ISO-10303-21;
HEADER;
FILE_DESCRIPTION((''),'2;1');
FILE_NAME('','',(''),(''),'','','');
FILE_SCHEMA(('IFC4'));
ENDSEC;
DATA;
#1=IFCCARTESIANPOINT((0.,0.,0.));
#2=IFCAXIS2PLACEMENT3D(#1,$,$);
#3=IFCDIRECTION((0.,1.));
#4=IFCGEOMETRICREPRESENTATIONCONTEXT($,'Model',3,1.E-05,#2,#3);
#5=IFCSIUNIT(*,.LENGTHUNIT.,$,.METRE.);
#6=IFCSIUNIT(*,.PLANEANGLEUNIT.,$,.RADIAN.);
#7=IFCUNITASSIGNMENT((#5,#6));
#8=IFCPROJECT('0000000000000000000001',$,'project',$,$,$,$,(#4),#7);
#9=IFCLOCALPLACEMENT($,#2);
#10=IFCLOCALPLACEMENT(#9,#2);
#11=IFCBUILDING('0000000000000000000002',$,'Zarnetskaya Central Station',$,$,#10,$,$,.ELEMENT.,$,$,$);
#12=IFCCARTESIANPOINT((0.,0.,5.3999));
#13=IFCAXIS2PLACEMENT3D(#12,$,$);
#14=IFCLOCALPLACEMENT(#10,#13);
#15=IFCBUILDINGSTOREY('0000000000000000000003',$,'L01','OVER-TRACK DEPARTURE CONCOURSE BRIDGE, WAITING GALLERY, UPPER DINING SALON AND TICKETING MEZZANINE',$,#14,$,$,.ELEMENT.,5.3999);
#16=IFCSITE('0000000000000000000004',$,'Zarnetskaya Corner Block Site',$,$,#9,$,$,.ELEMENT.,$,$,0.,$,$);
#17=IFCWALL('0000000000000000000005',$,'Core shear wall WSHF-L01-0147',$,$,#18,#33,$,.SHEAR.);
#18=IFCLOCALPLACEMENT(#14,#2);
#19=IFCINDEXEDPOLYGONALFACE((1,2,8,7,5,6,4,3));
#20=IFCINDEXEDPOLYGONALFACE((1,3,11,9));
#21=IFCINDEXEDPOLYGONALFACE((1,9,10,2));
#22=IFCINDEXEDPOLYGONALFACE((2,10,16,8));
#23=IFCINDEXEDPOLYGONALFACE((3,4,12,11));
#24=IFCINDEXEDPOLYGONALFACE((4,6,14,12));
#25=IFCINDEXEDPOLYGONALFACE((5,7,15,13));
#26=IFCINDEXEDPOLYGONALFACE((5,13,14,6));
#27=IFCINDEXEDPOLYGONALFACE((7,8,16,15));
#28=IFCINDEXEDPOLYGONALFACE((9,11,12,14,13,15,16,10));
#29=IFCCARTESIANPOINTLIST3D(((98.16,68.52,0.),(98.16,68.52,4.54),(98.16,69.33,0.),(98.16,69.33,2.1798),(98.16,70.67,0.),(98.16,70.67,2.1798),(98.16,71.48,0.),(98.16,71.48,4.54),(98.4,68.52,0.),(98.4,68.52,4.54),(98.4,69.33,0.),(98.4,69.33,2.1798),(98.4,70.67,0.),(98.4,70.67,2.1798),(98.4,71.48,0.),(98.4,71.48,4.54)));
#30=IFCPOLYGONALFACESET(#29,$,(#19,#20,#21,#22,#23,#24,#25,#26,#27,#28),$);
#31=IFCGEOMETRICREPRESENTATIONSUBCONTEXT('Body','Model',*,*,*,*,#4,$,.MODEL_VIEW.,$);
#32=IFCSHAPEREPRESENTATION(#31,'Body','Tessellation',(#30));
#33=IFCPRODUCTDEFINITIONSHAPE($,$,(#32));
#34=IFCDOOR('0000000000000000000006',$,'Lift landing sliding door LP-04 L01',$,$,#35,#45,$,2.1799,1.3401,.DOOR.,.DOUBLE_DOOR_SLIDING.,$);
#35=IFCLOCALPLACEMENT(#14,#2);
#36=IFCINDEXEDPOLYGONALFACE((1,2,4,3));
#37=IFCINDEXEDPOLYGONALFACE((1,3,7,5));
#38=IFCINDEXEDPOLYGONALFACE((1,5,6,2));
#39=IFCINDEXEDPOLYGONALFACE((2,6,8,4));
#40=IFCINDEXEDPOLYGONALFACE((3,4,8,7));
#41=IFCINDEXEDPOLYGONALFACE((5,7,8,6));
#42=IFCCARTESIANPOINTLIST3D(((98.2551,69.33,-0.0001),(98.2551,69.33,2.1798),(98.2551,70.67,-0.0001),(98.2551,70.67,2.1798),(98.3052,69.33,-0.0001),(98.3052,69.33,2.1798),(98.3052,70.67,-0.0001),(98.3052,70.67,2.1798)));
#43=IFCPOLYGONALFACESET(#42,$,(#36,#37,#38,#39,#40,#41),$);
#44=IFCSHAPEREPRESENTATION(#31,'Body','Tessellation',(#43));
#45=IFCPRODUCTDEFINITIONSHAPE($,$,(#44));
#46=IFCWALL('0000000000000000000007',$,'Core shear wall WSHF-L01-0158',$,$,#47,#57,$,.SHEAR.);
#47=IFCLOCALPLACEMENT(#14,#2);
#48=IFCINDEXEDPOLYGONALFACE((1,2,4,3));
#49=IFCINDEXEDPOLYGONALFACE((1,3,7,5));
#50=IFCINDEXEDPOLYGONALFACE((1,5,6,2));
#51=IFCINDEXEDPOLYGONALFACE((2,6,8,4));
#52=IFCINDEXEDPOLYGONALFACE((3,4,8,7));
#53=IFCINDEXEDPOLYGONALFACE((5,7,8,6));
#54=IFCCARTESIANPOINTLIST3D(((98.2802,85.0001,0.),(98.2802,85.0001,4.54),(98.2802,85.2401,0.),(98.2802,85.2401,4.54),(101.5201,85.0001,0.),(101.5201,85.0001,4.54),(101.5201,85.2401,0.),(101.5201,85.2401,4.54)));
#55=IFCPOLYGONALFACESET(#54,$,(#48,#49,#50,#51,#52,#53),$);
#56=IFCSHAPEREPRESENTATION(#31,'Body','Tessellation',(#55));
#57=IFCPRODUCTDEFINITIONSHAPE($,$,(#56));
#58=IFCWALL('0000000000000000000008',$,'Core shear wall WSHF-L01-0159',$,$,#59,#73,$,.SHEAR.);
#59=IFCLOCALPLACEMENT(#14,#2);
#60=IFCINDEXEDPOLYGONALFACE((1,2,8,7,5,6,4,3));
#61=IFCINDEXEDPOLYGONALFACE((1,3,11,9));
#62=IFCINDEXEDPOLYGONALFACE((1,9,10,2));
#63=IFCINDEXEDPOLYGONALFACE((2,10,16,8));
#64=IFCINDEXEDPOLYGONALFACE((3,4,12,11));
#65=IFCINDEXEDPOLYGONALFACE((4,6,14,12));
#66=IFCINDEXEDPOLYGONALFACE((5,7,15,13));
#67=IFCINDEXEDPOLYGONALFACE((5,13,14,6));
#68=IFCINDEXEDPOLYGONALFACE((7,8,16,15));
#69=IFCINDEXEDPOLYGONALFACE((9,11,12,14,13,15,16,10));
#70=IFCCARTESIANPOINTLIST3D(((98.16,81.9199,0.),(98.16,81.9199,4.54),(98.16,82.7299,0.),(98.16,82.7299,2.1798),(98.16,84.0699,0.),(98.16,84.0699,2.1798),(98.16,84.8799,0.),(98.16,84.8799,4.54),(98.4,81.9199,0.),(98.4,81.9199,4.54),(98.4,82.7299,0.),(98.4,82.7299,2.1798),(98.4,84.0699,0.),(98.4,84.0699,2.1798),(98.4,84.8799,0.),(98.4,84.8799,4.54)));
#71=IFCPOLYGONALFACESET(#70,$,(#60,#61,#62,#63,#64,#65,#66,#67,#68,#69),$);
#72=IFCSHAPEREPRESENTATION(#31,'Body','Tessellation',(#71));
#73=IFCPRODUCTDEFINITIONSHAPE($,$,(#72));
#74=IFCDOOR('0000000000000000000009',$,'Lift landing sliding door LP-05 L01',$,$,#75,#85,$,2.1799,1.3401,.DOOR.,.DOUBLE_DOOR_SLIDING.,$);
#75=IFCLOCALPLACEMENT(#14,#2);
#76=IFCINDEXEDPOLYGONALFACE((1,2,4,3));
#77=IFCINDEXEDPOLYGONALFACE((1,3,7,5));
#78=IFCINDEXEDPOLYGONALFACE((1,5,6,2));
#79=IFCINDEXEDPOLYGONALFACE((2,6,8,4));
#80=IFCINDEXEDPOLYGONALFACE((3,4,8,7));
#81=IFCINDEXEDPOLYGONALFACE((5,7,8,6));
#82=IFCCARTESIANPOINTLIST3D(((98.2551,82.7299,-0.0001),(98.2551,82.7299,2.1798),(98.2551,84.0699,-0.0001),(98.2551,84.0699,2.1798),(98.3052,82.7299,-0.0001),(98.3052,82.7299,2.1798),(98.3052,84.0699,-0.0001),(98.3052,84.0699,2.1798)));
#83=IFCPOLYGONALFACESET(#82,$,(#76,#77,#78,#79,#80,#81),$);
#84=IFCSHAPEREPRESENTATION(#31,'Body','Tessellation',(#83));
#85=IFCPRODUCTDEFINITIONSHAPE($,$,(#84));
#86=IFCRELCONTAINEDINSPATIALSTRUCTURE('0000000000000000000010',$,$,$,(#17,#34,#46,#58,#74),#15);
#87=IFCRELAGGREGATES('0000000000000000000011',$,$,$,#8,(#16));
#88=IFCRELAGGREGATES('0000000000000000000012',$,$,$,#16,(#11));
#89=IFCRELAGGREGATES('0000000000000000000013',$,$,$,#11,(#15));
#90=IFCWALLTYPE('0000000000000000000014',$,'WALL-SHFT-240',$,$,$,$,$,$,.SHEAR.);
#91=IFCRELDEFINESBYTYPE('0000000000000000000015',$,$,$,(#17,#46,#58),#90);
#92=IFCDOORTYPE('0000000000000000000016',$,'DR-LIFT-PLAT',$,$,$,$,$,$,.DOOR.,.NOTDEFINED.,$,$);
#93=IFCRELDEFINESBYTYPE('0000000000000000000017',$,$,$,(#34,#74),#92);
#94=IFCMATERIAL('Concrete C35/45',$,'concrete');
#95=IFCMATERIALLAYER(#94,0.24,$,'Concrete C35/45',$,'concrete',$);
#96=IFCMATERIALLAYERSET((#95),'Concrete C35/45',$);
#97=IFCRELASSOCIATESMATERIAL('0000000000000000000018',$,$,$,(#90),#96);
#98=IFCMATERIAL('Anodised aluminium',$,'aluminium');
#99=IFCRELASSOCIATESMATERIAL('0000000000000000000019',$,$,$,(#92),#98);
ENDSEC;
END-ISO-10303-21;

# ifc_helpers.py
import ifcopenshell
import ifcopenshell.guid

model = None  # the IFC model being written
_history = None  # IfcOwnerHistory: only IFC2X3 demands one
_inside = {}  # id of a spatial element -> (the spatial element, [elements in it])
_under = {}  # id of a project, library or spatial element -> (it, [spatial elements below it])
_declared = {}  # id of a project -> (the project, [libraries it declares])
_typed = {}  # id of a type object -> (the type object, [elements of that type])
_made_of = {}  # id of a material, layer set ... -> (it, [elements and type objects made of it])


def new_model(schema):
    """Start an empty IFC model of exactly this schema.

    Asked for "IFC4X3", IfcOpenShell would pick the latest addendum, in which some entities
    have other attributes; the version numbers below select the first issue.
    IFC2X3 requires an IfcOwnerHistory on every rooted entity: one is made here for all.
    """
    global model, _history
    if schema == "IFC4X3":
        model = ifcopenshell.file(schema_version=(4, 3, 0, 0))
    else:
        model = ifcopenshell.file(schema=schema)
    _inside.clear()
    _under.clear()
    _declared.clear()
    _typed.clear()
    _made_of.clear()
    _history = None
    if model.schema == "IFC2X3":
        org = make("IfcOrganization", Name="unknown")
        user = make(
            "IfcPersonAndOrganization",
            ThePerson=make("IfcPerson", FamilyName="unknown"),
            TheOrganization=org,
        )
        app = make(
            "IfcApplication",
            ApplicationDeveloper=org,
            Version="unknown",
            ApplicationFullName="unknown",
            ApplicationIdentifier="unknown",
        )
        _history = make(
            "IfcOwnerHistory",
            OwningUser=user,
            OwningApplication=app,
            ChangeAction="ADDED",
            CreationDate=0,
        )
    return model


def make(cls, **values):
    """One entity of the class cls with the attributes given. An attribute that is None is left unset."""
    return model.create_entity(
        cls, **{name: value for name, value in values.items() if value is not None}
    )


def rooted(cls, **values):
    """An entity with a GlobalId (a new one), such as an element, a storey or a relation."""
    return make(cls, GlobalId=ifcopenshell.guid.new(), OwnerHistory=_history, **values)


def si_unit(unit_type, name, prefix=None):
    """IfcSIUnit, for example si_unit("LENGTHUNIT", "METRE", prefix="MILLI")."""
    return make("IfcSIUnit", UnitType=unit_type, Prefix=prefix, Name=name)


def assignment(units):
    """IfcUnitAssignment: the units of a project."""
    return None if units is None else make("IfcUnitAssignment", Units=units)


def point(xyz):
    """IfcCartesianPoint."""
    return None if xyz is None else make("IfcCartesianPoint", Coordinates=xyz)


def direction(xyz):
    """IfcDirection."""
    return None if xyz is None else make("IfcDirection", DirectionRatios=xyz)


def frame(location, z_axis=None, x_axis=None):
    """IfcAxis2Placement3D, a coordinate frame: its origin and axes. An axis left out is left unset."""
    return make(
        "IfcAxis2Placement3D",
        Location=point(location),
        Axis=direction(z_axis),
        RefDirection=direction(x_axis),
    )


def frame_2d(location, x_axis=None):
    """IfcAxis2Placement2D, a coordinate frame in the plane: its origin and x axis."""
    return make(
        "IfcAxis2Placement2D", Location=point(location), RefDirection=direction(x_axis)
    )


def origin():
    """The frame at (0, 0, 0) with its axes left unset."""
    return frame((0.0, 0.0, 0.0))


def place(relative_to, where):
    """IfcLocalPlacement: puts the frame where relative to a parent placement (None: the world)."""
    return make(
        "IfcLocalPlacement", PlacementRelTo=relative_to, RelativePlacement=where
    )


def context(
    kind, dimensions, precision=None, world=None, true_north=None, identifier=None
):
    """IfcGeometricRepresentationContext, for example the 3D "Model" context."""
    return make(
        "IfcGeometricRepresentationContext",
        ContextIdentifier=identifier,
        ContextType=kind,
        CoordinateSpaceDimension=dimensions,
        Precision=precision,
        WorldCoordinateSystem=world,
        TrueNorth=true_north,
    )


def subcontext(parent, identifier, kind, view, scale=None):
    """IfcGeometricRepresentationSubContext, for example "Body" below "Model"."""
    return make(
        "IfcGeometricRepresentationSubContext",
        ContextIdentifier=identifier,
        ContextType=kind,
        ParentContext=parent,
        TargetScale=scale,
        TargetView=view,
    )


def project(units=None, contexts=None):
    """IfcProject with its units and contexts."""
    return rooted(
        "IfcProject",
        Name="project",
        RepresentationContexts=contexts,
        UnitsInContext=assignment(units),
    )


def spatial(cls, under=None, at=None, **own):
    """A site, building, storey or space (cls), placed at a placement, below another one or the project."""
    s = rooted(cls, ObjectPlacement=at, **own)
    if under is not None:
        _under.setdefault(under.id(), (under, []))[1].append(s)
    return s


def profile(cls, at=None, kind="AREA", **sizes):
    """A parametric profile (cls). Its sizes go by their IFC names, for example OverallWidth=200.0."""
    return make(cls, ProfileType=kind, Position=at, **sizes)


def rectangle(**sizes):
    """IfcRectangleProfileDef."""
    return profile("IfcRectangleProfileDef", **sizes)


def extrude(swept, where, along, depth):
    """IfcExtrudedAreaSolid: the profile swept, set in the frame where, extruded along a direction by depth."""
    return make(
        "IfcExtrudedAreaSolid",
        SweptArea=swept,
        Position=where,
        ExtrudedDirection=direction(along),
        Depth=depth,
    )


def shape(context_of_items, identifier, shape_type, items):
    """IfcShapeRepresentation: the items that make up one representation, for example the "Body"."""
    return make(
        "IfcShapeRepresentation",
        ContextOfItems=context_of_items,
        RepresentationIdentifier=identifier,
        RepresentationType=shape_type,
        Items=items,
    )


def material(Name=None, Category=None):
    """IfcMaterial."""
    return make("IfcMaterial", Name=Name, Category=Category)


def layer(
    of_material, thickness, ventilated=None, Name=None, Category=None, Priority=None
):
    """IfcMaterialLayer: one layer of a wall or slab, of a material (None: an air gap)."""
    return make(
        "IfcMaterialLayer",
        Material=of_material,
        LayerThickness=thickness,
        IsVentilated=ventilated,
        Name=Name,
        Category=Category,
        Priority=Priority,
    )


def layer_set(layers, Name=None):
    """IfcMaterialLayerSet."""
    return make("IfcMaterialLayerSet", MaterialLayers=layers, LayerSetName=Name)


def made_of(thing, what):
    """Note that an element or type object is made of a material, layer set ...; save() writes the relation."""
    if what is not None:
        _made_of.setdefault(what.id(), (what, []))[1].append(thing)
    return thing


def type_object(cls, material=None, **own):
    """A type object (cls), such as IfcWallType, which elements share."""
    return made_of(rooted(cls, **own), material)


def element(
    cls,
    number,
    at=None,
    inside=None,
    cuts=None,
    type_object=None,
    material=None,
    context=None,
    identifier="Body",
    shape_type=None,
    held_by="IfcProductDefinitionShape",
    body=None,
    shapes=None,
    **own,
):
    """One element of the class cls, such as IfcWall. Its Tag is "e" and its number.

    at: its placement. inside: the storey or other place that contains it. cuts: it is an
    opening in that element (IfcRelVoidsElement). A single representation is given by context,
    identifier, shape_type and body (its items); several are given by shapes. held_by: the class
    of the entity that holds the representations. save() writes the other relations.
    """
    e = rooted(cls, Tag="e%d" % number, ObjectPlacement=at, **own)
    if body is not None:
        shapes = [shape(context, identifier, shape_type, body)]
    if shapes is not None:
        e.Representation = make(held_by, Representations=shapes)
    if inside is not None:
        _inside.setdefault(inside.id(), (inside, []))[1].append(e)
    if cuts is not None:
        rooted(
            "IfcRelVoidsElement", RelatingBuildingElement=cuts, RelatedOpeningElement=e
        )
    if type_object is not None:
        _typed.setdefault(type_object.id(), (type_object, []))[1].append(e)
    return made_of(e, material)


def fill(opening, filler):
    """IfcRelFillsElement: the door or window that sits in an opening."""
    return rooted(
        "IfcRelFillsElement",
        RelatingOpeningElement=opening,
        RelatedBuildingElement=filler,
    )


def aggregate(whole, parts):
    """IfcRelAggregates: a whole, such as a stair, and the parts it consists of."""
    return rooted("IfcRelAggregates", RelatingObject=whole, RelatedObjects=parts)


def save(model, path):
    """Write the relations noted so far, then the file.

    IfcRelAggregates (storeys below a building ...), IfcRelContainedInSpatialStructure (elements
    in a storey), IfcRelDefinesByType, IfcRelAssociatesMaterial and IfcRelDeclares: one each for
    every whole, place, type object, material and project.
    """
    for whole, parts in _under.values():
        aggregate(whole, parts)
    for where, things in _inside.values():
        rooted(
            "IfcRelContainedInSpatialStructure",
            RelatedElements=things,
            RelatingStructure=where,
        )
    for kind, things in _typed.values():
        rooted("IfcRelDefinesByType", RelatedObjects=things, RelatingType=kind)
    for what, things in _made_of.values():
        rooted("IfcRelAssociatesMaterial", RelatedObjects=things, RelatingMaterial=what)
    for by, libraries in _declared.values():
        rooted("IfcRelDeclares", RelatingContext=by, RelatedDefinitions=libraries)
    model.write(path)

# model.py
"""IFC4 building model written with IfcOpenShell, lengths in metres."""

from ifc_helpers import new_model, si_unit, direction, frame, frame_2d, origin, place, context, subcontext, project, spatial, rectangle, extrude, material, layer, layer_set, type_object, element, fill, save


model = new_model("IFC4")

# Units and contexts
model_context = context("Model", 3, precision=1e-05, world=origin(), true_north=direction((0.0, 1.0)))
body_context = subcontext(model_context, "Body", "Model", "MODEL_VIEW")
ifc_project = project(units=[si_unit("LENGTHUNIT", "METRE"), si_unit("PLANEANGLEUNIT", "RADIAN")], contexts=[model_context])

# Site, building, storey
site_placement = place(None, origin())
site = spatial("IfcSite", under=ifc_project, at=site_placement, Name="Zarnetskaya Corner Block Site", CompositionType="ELEMENT", RefElevation=0.0)
building_placement = place(site_placement, origin())
building = spatial("IfcBuilding", under=site, at=building_placement, Name="Zarnetskaya Central Station", CompositionType="ELEMENT")
storey_placement = place(building_placement, frame((0.0, 0.0, 5.3999)))
storey = spatial("IfcBuildingStorey", under=building, at=storey_placement, Name="L01", Description="OVER-TRACK DEPARTURE CONCOURSE BRIDGE, WAITING GALLERY, UPPER DINING SALON AND TICKETING MEZZANINE", CompositionType="ELEMENT", Elevation=5.3999)

# Shared definitions
ifc_material_1 = material(Name="Anodised aluminium", Category="aluminium")

# Shared definitions
ifc_material_2 = material(Name="Concrete C35/45", Category="concrete")
ifc_layer_1 = layer(ifc_material_2, 0.24, Name="Concrete C35/45", Category="concrete")
ifc_layer_set_1 = layer_set([ifc_layer_1], Name="Concrete C35/45")
wall_type = type_object("IfcWallType", Name="WALL-SHFT-240", PredefinedType="SHEAR", material=ifc_layer_set_1)

# Wall, opening, door
wall_1_placement = place(storey_placement, frame((98.28, 68.52, 0.0), z_axis=(0.0, 0.0, 1.0), x_axis=(0.0, 1.0, 0.0)))
wall_1 = element("IfcWall", 1, at=wall_1_placement, inside=storey, type_object=wall_type, Name="Core shear wall WSHF-L01-0147", PredefinedType="SHEAR", context=body_context, shape_type="SweptSolid", body=[
    extrude(rectangle(XDim=2.96, YDim=0.24, at=frame_2d((1.48, 0.0))), origin(), (0.0, 0.0, 1.0), 4.54),
])
opening_1_placement = place(wall_1_placement, frame((0.8101, 0.0, 0.0)))
opening_1 = element("IfcOpeningElement", 2, at=opening_1_placement, cuts=wall_1, PredefinedType="OPENING", context=body_context, shape_type="SweptSolid", body=[
    extrude(rectangle(XDim=1.3401, YDim=2.1799, at=frame_2d((0.6699, 1.0898))), frame((0.0, 0.1299, 0.0), z_axis=(0.0, -1.0, 0.0), x_axis=(1.0, 0.0, 0.0)), (0.0, 0.0, 1.0), 0.26),
])
door_type = type_object("IfcDoorType", Name="DR-LIFT-PLAT", OperationType="NOTDEFINED", PredefinedType="DOOR", material=ifc_material_1)
door_1_placement = place(opening_1_placement, origin())
door_1 = element("IfcDoor", 3, at=door_1_placement, inside=storey, type_object=door_type, Name="Lift landing sliding door LP-04 L01", OperationType="DOUBLE_DOOR_SLIDING", OverallHeight=2.1799, OverallWidth=1.3401, PredefinedType="DOOR", context=body_context, shape_type="SweptSolid", body=[
    extrude(rectangle(XDim=1.3401, YDim=2.1799, at=frame_2d((0.6699, 1.0898))), frame((0.0, 0.0249, 0.0), z_axis=(0.0, -1.0, 0.0), x_axis=(1.0, 0.0, 0.0)), (0.0, 0.0, 1.0), 0.05),
])
fill(opening_1, door_1)

# Wall
wall_2_placement = place(storey_placement, frame((98.28, 85.1201, 0.0), z_axis=(0.0, 0.0, 1.0), x_axis=(1.0, 0.0, 0.0)))
element("IfcWall", 4, at=wall_2_placement, inside=storey, type_object=wall_type, Name="Core shear wall WSHF-L01-0158", PredefinedType="SHEAR", context=body_context, shape_type="SweptSolid", body=[
    extrude(rectangle(XDim=3.24, YDim=0.24, at=frame_2d((1.6201, 0.0))), origin(), (0.0, 0.0, 1.0), 4.54),
])

# Wall, opening, door
wall_3_placement = place(storey_placement, frame((98.28, 81.9199, 0.0), z_axis=(0.0, 0.0, 1.0), x_axis=(0.0, 1.0, 0.0)))
wall_3 = element("IfcWall", 5, at=wall_3_placement, inside=storey, type_object=wall_type, Name="Core shear wall WSHF-L01-0159", PredefinedType="SHEAR", context=body_context, shape_type="SweptSolid", body=[
    extrude(rectangle(XDim=2.96, YDim=0.24, at=frame_2d((1.48, 0.0))), origin(), (0.0, 0.0, 1.0), 4.54),
])
opening_2_placement = place(wall_3_placement, frame((0.8101, 0.0, 0.0)))
opening_2 = element("IfcOpeningElement", 6, at=opening_2_placement, cuts=wall_3, PredefinedType="OPENING", context=body_context, shape_type="SweptSolid", body=[
    extrude(rectangle(XDim=1.3401, YDim=2.1799, at=frame_2d((0.6699, 1.0898))), frame((0.0, 0.1299, 0.0), z_axis=(0.0, -1.0, 0.0), x_axis=(1.0, 0.0, 0.0)), (0.0, 0.0, 1.0), 0.26),
])
door_2_placement = place(opening_2_placement, origin())
door_2 = element("IfcDoor", 7, at=door_2_placement, inside=storey, type_object=door_type, Name="Lift landing sliding door LP-05 L01", OperationType="DOUBLE_DOOR_SLIDING", OverallHeight=2.1799, OverallWidth=1.3401, PredefinedType="DOOR", context=body_context, shape_type="SweptSolid", body=[
    extrude(rectangle(XDim=1.3401, YDim=2.1799, at=frame_2d((0.6699, 1.0898))), frame((0.0, 0.0249, 0.0), z_axis=(0.0, -1.0, 0.0), x_axis=(1.0, 0.0, 0.0)), (0.0, 0.0, 1.0), 0.05),
])
fill(opening_2, door_2)

save(model, "model.ifc")
